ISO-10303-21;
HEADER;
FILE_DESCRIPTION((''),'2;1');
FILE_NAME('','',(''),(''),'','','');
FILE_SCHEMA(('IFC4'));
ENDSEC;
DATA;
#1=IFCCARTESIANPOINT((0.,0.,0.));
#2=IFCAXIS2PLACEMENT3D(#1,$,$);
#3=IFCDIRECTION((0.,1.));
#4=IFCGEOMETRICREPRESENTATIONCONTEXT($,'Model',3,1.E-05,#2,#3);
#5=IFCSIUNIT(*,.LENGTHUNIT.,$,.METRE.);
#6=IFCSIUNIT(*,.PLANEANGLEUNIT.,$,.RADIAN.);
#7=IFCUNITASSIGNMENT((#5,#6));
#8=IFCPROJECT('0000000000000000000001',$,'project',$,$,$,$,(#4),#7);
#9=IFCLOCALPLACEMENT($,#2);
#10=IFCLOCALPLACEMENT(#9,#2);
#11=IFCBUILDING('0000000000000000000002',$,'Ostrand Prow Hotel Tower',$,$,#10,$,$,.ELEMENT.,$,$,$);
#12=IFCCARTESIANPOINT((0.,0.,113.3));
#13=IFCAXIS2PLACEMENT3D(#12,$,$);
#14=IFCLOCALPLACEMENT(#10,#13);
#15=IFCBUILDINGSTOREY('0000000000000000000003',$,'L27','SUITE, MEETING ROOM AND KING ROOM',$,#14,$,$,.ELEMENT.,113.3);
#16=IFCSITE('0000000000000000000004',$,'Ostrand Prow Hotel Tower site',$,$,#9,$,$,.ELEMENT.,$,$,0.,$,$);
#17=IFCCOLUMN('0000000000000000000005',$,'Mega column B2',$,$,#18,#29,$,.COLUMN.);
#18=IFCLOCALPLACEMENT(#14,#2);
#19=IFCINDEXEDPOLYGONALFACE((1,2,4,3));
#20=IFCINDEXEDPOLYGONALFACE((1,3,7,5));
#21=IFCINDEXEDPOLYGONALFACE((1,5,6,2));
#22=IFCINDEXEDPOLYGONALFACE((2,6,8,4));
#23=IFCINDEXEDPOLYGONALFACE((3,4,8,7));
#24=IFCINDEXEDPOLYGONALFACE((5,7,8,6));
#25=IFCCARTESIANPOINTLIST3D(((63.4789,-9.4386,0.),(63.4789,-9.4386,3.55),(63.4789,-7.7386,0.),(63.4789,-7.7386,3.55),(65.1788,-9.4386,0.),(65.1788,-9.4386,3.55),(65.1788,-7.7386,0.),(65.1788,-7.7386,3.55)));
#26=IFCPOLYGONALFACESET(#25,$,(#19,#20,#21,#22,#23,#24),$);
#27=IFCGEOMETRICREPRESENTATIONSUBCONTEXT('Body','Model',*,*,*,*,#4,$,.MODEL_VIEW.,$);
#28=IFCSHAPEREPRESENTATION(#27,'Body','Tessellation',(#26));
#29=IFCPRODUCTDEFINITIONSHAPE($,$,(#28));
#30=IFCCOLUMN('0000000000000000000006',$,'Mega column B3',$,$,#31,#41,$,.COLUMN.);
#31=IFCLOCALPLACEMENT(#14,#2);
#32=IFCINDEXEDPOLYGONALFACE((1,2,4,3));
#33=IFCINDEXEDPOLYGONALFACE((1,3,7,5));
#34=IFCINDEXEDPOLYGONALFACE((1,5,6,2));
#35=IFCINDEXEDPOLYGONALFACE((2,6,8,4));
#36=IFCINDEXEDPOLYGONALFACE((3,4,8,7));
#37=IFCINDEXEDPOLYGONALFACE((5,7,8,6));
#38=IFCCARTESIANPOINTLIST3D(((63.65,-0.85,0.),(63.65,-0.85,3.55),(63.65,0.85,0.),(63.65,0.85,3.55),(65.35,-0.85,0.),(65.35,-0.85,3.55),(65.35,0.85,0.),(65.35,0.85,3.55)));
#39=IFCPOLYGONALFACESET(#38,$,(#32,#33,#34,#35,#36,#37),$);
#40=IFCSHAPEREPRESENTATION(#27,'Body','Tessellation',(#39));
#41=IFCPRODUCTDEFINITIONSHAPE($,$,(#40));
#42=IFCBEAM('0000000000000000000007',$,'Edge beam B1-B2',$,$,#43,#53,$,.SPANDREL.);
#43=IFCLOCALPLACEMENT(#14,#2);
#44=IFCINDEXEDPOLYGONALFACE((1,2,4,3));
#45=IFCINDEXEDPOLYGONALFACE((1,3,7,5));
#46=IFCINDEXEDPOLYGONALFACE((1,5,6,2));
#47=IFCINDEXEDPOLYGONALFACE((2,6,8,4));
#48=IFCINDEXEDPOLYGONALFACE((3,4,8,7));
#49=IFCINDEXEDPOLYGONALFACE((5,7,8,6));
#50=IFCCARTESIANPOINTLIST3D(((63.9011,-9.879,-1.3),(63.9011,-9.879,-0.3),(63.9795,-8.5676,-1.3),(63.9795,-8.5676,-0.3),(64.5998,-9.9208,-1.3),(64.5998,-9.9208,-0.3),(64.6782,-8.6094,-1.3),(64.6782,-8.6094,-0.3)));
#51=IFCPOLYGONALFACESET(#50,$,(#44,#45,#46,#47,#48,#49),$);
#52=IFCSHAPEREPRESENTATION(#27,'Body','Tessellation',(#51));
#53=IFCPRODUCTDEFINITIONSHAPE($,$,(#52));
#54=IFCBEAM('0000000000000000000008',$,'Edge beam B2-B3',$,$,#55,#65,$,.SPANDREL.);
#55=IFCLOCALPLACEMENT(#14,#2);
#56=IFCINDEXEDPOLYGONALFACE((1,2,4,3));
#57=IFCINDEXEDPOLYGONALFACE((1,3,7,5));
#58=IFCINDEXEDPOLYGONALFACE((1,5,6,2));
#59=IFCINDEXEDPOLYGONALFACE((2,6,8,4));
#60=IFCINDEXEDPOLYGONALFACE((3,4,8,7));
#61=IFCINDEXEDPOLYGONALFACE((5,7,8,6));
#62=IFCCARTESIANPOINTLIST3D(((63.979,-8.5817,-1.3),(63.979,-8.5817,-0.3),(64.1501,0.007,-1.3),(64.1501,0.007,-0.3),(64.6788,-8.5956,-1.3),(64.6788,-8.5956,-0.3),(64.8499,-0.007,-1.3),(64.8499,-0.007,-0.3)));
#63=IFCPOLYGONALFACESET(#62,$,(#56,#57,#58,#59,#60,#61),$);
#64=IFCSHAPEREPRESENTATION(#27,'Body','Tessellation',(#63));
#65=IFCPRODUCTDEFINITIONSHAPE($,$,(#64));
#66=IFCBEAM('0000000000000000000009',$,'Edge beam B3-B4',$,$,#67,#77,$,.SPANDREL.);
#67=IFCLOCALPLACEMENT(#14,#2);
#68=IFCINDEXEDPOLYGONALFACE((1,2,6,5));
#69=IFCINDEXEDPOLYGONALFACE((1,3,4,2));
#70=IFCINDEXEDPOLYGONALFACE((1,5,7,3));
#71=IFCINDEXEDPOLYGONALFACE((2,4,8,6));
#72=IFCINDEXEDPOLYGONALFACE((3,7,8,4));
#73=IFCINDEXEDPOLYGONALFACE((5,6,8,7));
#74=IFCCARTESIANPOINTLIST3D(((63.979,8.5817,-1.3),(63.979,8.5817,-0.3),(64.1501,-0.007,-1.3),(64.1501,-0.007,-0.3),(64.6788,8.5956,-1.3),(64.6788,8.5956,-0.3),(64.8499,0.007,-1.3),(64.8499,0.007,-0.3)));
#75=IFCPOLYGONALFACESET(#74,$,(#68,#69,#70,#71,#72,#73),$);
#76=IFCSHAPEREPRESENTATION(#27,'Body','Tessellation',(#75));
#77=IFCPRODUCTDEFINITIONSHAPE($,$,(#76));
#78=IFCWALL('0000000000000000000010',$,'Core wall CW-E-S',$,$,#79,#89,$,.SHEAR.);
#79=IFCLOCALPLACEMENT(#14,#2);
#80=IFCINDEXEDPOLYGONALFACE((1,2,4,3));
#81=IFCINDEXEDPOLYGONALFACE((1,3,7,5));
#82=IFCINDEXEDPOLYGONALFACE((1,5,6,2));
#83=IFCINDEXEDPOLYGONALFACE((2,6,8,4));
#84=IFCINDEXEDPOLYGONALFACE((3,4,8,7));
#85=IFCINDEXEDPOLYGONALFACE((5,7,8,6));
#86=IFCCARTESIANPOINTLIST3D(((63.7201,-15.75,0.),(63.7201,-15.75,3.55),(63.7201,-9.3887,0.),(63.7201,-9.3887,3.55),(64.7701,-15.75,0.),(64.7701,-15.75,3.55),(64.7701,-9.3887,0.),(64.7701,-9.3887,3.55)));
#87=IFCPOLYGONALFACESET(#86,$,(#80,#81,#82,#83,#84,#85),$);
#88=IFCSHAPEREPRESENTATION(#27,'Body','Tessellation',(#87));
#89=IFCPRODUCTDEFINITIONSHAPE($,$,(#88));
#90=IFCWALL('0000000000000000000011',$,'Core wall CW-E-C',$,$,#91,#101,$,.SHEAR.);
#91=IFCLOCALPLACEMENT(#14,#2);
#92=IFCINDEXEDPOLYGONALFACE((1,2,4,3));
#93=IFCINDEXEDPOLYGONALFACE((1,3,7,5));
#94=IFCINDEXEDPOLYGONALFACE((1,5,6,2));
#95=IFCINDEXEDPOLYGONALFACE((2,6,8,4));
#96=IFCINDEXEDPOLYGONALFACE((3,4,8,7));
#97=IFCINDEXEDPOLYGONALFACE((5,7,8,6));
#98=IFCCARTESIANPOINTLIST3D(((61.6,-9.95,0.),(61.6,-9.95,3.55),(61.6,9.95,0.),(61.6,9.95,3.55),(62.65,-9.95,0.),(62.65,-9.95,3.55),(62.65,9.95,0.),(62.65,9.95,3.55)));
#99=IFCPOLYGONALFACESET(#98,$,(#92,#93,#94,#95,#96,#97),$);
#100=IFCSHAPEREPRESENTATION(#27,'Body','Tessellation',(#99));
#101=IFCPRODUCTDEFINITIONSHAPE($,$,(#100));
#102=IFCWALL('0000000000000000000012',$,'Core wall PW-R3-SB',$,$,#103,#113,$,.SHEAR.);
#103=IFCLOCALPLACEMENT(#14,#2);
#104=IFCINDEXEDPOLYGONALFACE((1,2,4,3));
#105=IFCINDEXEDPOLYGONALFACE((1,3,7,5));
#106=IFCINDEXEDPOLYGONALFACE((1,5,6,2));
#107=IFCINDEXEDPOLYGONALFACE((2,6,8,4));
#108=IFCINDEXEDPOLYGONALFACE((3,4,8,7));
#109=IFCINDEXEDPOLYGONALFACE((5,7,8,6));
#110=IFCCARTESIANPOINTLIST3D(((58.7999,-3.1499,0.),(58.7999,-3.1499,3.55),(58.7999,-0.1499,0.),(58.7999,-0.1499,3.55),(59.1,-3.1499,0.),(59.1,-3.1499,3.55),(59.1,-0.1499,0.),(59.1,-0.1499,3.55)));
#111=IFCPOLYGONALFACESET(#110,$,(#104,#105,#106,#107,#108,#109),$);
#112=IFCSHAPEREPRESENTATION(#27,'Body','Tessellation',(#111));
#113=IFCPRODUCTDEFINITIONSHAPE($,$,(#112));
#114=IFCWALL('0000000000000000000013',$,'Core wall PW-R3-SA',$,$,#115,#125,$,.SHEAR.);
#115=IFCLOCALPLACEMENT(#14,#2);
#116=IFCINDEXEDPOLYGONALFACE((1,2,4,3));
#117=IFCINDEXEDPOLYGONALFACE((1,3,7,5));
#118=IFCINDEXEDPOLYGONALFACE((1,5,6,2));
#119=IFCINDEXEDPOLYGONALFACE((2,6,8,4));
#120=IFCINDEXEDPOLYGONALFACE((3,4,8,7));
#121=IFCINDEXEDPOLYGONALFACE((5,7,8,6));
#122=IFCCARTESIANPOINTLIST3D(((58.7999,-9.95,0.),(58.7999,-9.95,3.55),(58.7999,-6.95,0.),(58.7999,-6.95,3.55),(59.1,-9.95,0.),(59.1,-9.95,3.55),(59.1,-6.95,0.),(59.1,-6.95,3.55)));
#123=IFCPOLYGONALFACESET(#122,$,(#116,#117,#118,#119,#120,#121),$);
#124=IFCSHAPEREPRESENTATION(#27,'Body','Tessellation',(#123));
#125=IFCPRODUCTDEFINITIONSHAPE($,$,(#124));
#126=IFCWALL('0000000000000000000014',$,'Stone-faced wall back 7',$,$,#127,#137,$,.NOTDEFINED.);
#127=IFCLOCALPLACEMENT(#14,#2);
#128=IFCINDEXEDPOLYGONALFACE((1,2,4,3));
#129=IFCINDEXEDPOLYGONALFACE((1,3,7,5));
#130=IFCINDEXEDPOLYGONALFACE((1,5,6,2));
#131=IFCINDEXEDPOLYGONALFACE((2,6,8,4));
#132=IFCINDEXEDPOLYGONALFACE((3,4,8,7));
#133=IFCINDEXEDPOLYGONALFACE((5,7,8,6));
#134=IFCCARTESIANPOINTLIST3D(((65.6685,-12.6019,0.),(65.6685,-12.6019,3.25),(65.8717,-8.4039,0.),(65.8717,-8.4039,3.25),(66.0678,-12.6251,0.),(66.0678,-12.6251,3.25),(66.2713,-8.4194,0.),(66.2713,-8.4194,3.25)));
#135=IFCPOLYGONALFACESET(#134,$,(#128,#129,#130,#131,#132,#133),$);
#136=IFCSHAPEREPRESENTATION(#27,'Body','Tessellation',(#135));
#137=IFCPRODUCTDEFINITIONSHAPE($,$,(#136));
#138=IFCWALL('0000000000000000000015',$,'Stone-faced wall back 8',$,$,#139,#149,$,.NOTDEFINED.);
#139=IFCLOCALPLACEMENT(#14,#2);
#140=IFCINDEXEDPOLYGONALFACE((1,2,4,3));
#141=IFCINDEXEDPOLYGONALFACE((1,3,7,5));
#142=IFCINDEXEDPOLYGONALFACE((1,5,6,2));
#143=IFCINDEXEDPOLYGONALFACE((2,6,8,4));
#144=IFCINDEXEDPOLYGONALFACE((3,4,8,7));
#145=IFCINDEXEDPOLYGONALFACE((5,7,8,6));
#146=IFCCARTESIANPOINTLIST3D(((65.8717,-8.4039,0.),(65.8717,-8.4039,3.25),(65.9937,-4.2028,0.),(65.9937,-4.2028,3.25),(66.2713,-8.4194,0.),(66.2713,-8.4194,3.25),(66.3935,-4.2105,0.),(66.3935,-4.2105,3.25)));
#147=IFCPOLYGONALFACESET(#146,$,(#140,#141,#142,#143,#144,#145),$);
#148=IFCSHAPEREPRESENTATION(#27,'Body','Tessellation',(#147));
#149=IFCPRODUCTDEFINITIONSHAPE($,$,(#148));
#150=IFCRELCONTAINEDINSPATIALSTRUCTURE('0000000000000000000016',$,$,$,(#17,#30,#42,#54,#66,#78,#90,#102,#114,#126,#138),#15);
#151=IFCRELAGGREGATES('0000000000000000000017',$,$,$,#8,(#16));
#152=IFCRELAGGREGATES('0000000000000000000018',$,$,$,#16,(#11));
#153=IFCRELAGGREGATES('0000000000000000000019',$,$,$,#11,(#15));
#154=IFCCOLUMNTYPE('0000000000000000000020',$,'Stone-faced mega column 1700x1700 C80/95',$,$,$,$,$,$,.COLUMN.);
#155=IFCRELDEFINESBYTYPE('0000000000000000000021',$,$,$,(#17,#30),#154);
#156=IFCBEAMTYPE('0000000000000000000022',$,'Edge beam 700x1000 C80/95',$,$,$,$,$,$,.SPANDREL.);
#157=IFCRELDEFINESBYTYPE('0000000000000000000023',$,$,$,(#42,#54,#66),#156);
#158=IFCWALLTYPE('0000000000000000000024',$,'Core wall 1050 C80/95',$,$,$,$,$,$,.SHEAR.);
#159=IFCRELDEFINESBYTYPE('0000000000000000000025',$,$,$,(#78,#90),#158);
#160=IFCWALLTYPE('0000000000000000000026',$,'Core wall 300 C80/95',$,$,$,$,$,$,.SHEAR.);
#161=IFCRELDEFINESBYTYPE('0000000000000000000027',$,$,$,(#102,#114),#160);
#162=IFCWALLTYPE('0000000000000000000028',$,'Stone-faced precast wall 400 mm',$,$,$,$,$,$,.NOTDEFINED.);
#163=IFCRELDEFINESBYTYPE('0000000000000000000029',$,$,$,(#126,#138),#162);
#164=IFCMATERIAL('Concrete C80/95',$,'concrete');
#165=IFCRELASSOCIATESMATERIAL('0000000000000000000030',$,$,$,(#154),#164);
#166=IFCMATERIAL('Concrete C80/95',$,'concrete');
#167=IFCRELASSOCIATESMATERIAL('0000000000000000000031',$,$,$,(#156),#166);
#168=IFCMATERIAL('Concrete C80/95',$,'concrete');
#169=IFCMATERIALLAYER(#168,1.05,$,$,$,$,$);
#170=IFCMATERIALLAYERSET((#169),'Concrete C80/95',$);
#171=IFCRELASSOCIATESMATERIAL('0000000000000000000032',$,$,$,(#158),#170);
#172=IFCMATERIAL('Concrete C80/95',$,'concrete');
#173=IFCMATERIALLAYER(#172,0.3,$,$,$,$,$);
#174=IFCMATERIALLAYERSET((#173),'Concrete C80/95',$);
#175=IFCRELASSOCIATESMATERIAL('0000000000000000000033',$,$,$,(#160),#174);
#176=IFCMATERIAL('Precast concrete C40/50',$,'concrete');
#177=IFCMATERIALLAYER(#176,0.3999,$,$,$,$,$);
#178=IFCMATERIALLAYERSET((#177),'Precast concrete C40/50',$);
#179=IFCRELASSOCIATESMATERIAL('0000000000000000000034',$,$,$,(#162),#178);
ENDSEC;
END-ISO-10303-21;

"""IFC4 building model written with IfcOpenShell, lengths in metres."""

from ifc_helpers import new_model, si_unit, direction, frame, frame_2d, origin, origin_2d, place, context, subcontext, project, spatial, polyline, rectangle, outline, extrude, material, layer, layer_set, material_profile, profile_set, type_object, element, save


model = new_model("IFC4")

# Units and contexts
model_context = context("Model", 3, precision=1e-05, world=origin(), true_north=direction((0.0, 1.0)))
body_context = subcontext(model_context, "Body", "Model", "MODEL_VIEW")
ifc_project = project(units=[si_unit("LENGTHUNIT", "METRE"), si_unit("PLANEANGLEUNIT", "RADIAN")], contexts=[model_context])

# Site, building, storey
site_placement = place(None, origin())
site = spatial("IfcSite", under=ifc_project, at=site_placement, Name="Ostrand Prow Hotel Tower site", CompositionType="ELEMENT", RefElevation=0.0)
building_placement = place(site_placement, origin())
building = spatial("IfcBuilding", under=site, at=building_placement, Name="Ostrand Prow Hotel Tower", CompositionType="ELEMENT")
storey_placement = place(building_placement, frame((0.0, 0.0, 113.3)))
storey = spatial("IfcBuildingStorey", under=building, at=storey_placement, Name="L27", Description="SUITE, MEETING ROOM AND KING ROOM", CompositionType="ELEMENT", Elevation=113.3)

# Columns
ifc_material_1 = material(Name="Concrete C80/95", Category="concrete")
ifc_material_profile_1 = material_profile(ifc_material_1, rectangle(XDim=1.7, YDim=1.7, at=origin_2d()), Name="RC 1700x1700")
ifc_profile_set_1 = profile_set([ifc_material_profile_1], Name="Concrete C80/95")
column_type = type_object("IfcColumnType", Name="Stone-faced mega column 1700x1700 C80/95", PredefinedType="COLUMN", material=ifc_profile_set_1)
for number, where, z_axis, x_axis, name in (
    (1, (64.3289, -8.5886, 0.0), (0.0, 0.0, 1.0), (1.0, 0.0, 0.0), "Mega column B2"),
    (2, (64.5, 0.0, 0.0), (0.0, 0.0, 1.0), (1.0, 0.0, 0.0), "Mega column B3"),
):
    element("IfcColumn", number, at=place(storey_placement, frame(where, z_axis=z_axis, x_axis=x_axis)), inside=storey, type_object=column_type, Name=name, PredefinedType="COLUMN", context=body_context, shape_type="SweptSolid", body=[
        extrude(rectangle(XDim=1.7, YDim=1.7, at=origin_2d()), origin(), (0.0, 0.0, 1.0), 3.55),
    ])

# Beams
ifc_material_2 = material(Name="Concrete C80/95", Category="concrete")
ifc_material_profile_2 = material_profile(ifc_material_2, rectangle(XDim=0.7, YDim=1.0, at=origin_2d()), Name="RC 700x1000")
ifc_profile_set_2 = profile_set([ifc_material_profile_2], Name="Concrete C80/95")
beam_type = type_object("IfcBeamType", Name="Edge beam 700x1000 C80/95", PredefinedType="SPANDREL", material=ifc_profile_set_2)
beam_placement = place(storey_placement, frame((64.2505, -9.8999, -0.8), z_axis=(0.059659, 0.998219, 0.0), x_axis=(-0.998219, 0.059659, 0.0)))
element("IfcBeam", 3, at=beam_placement, inside=storey, type_object=beam_type, Name="Edge beam B1-B2", PredefinedType="SPANDREL", context=body_context, shape_type="SweptSolid", body=[
    extrude(rectangle(XDim=0.7, YDim=1.0, at=origin_2d()), origin(), (0.0, 0.0, 1.0), 1.3137),
])
for number, where, z_axis, x_axis, name in (
    (4, (64.3289, -8.5886, -0.8), (0.019923, 0.999802, 0.0), (-0.999802, 0.019923, 0.0), "Edge beam B2-B3"),
    (5, (64.5, 0.0, -0.8), (-0.019923, 0.999802, 0.0), (-0.999802, -0.019923, 0.0), "Edge beam B3-B4"),
):
    element("IfcBeam", number, at=place(storey_placement, frame(where, z_axis=z_axis, x_axis=x_axis)), inside=storey, type_object=beam_type, Name=name, PredefinedType="SPANDREL", context=body_context, shape_type="SweptSolid", body=[
        extrude(rectangle(XDim=0.7, YDim=1.0, at=origin_2d()), origin(), (0.0, 0.0, 1.0), 8.5903),
    ])

# Walls
ifc_material_3 = material(Name="Concrete C80/95", Category="concrete")
ifc_layer_1 = layer(ifc_material_3, 1.05)
ifc_layer_set_1 = layer_set([ifc_layer_1], Name="Concrete C80/95")
wall_type_1 = type_object("IfcWallType", Name="Core wall 1050 C80/95", PredefinedType="SHEAR", material=ifc_layer_set_1)
wall_1_placement = place(storey_placement, frame((64.2451, -15.75, 0.0), z_axis=(0.0, 0.0, 1.0), x_axis=(0.0, 1.0, 0.0)))
element("IfcWall", 6, at=wall_1_placement, inside=storey, type_object=wall_type_1, Name="Core wall CW-E-S", PredefinedType="SHEAR", context=body_context, shape_type="SweptSolid", body=[
    extrude(rectangle(XDim=6.3613, YDim=1.05, at=frame_2d((3.1807, 0.0))), origin(), (0.0, 0.0, 1.0), 3.55),
])
wall_2_placement = place(storey_placement, frame((62.125, -9.95, 0.0), z_axis=(0.0, 0.0, 1.0), x_axis=(0.0, 1.0, 0.0)))
element("IfcWall", 7, at=wall_2_placement, inside=storey, type_object=wall_type_1, Name="Core wall CW-E-C", PredefinedType="SHEAR", context=body_context, shape_type="SweptSolid", body=[
    extrude(rectangle(XDim=19.8999, YDim=1.05, at=frame_2d((9.95, 0.0))), origin(), (0.0, 0.0, 1.0), 3.55),
])
ifc_material_4 = material(Name="Concrete C80/95", Category="concrete")
ifc_layer_2 = layer(ifc_material_4, 0.3)
ifc_layer_set_2 = layer_set([ifc_layer_2], Name="Concrete C80/95")
wall_type_2 = type_object("IfcWallType", Name="Core wall 300 C80/95", PredefinedType="SHEAR", material=ifc_layer_set_2)
for number, where, z_axis, x_axis, name in (
    (8, (58.95, -3.1499, 0.0), (0.0, 0.0, 1.0), (0.0, 1.0, 0.0), "Core wall PW-R3-SB"),
    (9, (58.95, -9.95, 0.0), (0.0, 0.0, 1.0), (0.0, 1.0, 0.0), "Core wall PW-R3-SA"),
):
    element("IfcWall", number, at=place(storey_placement, frame(where, z_axis=z_axis, x_axis=x_axis)), inside=storey, type_object=wall_type_2, Name=name, PredefinedType="SHEAR", context=body_context, shape_type="SweptSolid", body=[
        extrude(rectangle(XDim=3.0, YDim=0.3, at=frame_2d((1.5, 0.0))), origin(), (0.0, 0.0, 1.0), 3.55),
    ])
ifc_material_5 = material(Name="Precast concrete C40/50", Category="concrete")
ifc_layer_3 = layer(ifc_material_5, 0.3999)
ifc_layer_set_3 = layer_set([ifc_layer_3], Name="Precast concrete C40/50")
wall_type_3 = type_object("IfcWallType", Name="Stone-faced precast wall 400 mm", PredefinedType="NOTDEFINED", material=ifc_layer_set_3)
for number, where, z_axis, x_axis, name in (
    (10, (65.8682, -12.6135, 0.0), (0.0, 0.0, 1.0), (0.048343, 0.998831, 0.0), "Stone-faced wall back 7"),
    (11, (66.0715, -8.4116, 0.0), (0.0, 0.0, 1.0), (0.029017, 0.999579, 0.0), "Stone-faced wall back 8"),
):
    element("IfcWall", number, at=place(storey_placement, frame(where, z_axis=z_axis, x_axis=x_axis)), inside=storey, type_object=wall_type_3, Name=name, PredefinedType="NOTDEFINED", context=body_context, shape_type="SweptSolid", body=[
        extrude(outline(polyline([(-0.002, -0.2), (4.2087, -0.2), (4.2048, 0.2), (0.002, 0.2), (-0.002, -0.2)])), origin(), (0.0, 0.0, 1.0), 3.25),
    ])

save(model, "model.ifc")
